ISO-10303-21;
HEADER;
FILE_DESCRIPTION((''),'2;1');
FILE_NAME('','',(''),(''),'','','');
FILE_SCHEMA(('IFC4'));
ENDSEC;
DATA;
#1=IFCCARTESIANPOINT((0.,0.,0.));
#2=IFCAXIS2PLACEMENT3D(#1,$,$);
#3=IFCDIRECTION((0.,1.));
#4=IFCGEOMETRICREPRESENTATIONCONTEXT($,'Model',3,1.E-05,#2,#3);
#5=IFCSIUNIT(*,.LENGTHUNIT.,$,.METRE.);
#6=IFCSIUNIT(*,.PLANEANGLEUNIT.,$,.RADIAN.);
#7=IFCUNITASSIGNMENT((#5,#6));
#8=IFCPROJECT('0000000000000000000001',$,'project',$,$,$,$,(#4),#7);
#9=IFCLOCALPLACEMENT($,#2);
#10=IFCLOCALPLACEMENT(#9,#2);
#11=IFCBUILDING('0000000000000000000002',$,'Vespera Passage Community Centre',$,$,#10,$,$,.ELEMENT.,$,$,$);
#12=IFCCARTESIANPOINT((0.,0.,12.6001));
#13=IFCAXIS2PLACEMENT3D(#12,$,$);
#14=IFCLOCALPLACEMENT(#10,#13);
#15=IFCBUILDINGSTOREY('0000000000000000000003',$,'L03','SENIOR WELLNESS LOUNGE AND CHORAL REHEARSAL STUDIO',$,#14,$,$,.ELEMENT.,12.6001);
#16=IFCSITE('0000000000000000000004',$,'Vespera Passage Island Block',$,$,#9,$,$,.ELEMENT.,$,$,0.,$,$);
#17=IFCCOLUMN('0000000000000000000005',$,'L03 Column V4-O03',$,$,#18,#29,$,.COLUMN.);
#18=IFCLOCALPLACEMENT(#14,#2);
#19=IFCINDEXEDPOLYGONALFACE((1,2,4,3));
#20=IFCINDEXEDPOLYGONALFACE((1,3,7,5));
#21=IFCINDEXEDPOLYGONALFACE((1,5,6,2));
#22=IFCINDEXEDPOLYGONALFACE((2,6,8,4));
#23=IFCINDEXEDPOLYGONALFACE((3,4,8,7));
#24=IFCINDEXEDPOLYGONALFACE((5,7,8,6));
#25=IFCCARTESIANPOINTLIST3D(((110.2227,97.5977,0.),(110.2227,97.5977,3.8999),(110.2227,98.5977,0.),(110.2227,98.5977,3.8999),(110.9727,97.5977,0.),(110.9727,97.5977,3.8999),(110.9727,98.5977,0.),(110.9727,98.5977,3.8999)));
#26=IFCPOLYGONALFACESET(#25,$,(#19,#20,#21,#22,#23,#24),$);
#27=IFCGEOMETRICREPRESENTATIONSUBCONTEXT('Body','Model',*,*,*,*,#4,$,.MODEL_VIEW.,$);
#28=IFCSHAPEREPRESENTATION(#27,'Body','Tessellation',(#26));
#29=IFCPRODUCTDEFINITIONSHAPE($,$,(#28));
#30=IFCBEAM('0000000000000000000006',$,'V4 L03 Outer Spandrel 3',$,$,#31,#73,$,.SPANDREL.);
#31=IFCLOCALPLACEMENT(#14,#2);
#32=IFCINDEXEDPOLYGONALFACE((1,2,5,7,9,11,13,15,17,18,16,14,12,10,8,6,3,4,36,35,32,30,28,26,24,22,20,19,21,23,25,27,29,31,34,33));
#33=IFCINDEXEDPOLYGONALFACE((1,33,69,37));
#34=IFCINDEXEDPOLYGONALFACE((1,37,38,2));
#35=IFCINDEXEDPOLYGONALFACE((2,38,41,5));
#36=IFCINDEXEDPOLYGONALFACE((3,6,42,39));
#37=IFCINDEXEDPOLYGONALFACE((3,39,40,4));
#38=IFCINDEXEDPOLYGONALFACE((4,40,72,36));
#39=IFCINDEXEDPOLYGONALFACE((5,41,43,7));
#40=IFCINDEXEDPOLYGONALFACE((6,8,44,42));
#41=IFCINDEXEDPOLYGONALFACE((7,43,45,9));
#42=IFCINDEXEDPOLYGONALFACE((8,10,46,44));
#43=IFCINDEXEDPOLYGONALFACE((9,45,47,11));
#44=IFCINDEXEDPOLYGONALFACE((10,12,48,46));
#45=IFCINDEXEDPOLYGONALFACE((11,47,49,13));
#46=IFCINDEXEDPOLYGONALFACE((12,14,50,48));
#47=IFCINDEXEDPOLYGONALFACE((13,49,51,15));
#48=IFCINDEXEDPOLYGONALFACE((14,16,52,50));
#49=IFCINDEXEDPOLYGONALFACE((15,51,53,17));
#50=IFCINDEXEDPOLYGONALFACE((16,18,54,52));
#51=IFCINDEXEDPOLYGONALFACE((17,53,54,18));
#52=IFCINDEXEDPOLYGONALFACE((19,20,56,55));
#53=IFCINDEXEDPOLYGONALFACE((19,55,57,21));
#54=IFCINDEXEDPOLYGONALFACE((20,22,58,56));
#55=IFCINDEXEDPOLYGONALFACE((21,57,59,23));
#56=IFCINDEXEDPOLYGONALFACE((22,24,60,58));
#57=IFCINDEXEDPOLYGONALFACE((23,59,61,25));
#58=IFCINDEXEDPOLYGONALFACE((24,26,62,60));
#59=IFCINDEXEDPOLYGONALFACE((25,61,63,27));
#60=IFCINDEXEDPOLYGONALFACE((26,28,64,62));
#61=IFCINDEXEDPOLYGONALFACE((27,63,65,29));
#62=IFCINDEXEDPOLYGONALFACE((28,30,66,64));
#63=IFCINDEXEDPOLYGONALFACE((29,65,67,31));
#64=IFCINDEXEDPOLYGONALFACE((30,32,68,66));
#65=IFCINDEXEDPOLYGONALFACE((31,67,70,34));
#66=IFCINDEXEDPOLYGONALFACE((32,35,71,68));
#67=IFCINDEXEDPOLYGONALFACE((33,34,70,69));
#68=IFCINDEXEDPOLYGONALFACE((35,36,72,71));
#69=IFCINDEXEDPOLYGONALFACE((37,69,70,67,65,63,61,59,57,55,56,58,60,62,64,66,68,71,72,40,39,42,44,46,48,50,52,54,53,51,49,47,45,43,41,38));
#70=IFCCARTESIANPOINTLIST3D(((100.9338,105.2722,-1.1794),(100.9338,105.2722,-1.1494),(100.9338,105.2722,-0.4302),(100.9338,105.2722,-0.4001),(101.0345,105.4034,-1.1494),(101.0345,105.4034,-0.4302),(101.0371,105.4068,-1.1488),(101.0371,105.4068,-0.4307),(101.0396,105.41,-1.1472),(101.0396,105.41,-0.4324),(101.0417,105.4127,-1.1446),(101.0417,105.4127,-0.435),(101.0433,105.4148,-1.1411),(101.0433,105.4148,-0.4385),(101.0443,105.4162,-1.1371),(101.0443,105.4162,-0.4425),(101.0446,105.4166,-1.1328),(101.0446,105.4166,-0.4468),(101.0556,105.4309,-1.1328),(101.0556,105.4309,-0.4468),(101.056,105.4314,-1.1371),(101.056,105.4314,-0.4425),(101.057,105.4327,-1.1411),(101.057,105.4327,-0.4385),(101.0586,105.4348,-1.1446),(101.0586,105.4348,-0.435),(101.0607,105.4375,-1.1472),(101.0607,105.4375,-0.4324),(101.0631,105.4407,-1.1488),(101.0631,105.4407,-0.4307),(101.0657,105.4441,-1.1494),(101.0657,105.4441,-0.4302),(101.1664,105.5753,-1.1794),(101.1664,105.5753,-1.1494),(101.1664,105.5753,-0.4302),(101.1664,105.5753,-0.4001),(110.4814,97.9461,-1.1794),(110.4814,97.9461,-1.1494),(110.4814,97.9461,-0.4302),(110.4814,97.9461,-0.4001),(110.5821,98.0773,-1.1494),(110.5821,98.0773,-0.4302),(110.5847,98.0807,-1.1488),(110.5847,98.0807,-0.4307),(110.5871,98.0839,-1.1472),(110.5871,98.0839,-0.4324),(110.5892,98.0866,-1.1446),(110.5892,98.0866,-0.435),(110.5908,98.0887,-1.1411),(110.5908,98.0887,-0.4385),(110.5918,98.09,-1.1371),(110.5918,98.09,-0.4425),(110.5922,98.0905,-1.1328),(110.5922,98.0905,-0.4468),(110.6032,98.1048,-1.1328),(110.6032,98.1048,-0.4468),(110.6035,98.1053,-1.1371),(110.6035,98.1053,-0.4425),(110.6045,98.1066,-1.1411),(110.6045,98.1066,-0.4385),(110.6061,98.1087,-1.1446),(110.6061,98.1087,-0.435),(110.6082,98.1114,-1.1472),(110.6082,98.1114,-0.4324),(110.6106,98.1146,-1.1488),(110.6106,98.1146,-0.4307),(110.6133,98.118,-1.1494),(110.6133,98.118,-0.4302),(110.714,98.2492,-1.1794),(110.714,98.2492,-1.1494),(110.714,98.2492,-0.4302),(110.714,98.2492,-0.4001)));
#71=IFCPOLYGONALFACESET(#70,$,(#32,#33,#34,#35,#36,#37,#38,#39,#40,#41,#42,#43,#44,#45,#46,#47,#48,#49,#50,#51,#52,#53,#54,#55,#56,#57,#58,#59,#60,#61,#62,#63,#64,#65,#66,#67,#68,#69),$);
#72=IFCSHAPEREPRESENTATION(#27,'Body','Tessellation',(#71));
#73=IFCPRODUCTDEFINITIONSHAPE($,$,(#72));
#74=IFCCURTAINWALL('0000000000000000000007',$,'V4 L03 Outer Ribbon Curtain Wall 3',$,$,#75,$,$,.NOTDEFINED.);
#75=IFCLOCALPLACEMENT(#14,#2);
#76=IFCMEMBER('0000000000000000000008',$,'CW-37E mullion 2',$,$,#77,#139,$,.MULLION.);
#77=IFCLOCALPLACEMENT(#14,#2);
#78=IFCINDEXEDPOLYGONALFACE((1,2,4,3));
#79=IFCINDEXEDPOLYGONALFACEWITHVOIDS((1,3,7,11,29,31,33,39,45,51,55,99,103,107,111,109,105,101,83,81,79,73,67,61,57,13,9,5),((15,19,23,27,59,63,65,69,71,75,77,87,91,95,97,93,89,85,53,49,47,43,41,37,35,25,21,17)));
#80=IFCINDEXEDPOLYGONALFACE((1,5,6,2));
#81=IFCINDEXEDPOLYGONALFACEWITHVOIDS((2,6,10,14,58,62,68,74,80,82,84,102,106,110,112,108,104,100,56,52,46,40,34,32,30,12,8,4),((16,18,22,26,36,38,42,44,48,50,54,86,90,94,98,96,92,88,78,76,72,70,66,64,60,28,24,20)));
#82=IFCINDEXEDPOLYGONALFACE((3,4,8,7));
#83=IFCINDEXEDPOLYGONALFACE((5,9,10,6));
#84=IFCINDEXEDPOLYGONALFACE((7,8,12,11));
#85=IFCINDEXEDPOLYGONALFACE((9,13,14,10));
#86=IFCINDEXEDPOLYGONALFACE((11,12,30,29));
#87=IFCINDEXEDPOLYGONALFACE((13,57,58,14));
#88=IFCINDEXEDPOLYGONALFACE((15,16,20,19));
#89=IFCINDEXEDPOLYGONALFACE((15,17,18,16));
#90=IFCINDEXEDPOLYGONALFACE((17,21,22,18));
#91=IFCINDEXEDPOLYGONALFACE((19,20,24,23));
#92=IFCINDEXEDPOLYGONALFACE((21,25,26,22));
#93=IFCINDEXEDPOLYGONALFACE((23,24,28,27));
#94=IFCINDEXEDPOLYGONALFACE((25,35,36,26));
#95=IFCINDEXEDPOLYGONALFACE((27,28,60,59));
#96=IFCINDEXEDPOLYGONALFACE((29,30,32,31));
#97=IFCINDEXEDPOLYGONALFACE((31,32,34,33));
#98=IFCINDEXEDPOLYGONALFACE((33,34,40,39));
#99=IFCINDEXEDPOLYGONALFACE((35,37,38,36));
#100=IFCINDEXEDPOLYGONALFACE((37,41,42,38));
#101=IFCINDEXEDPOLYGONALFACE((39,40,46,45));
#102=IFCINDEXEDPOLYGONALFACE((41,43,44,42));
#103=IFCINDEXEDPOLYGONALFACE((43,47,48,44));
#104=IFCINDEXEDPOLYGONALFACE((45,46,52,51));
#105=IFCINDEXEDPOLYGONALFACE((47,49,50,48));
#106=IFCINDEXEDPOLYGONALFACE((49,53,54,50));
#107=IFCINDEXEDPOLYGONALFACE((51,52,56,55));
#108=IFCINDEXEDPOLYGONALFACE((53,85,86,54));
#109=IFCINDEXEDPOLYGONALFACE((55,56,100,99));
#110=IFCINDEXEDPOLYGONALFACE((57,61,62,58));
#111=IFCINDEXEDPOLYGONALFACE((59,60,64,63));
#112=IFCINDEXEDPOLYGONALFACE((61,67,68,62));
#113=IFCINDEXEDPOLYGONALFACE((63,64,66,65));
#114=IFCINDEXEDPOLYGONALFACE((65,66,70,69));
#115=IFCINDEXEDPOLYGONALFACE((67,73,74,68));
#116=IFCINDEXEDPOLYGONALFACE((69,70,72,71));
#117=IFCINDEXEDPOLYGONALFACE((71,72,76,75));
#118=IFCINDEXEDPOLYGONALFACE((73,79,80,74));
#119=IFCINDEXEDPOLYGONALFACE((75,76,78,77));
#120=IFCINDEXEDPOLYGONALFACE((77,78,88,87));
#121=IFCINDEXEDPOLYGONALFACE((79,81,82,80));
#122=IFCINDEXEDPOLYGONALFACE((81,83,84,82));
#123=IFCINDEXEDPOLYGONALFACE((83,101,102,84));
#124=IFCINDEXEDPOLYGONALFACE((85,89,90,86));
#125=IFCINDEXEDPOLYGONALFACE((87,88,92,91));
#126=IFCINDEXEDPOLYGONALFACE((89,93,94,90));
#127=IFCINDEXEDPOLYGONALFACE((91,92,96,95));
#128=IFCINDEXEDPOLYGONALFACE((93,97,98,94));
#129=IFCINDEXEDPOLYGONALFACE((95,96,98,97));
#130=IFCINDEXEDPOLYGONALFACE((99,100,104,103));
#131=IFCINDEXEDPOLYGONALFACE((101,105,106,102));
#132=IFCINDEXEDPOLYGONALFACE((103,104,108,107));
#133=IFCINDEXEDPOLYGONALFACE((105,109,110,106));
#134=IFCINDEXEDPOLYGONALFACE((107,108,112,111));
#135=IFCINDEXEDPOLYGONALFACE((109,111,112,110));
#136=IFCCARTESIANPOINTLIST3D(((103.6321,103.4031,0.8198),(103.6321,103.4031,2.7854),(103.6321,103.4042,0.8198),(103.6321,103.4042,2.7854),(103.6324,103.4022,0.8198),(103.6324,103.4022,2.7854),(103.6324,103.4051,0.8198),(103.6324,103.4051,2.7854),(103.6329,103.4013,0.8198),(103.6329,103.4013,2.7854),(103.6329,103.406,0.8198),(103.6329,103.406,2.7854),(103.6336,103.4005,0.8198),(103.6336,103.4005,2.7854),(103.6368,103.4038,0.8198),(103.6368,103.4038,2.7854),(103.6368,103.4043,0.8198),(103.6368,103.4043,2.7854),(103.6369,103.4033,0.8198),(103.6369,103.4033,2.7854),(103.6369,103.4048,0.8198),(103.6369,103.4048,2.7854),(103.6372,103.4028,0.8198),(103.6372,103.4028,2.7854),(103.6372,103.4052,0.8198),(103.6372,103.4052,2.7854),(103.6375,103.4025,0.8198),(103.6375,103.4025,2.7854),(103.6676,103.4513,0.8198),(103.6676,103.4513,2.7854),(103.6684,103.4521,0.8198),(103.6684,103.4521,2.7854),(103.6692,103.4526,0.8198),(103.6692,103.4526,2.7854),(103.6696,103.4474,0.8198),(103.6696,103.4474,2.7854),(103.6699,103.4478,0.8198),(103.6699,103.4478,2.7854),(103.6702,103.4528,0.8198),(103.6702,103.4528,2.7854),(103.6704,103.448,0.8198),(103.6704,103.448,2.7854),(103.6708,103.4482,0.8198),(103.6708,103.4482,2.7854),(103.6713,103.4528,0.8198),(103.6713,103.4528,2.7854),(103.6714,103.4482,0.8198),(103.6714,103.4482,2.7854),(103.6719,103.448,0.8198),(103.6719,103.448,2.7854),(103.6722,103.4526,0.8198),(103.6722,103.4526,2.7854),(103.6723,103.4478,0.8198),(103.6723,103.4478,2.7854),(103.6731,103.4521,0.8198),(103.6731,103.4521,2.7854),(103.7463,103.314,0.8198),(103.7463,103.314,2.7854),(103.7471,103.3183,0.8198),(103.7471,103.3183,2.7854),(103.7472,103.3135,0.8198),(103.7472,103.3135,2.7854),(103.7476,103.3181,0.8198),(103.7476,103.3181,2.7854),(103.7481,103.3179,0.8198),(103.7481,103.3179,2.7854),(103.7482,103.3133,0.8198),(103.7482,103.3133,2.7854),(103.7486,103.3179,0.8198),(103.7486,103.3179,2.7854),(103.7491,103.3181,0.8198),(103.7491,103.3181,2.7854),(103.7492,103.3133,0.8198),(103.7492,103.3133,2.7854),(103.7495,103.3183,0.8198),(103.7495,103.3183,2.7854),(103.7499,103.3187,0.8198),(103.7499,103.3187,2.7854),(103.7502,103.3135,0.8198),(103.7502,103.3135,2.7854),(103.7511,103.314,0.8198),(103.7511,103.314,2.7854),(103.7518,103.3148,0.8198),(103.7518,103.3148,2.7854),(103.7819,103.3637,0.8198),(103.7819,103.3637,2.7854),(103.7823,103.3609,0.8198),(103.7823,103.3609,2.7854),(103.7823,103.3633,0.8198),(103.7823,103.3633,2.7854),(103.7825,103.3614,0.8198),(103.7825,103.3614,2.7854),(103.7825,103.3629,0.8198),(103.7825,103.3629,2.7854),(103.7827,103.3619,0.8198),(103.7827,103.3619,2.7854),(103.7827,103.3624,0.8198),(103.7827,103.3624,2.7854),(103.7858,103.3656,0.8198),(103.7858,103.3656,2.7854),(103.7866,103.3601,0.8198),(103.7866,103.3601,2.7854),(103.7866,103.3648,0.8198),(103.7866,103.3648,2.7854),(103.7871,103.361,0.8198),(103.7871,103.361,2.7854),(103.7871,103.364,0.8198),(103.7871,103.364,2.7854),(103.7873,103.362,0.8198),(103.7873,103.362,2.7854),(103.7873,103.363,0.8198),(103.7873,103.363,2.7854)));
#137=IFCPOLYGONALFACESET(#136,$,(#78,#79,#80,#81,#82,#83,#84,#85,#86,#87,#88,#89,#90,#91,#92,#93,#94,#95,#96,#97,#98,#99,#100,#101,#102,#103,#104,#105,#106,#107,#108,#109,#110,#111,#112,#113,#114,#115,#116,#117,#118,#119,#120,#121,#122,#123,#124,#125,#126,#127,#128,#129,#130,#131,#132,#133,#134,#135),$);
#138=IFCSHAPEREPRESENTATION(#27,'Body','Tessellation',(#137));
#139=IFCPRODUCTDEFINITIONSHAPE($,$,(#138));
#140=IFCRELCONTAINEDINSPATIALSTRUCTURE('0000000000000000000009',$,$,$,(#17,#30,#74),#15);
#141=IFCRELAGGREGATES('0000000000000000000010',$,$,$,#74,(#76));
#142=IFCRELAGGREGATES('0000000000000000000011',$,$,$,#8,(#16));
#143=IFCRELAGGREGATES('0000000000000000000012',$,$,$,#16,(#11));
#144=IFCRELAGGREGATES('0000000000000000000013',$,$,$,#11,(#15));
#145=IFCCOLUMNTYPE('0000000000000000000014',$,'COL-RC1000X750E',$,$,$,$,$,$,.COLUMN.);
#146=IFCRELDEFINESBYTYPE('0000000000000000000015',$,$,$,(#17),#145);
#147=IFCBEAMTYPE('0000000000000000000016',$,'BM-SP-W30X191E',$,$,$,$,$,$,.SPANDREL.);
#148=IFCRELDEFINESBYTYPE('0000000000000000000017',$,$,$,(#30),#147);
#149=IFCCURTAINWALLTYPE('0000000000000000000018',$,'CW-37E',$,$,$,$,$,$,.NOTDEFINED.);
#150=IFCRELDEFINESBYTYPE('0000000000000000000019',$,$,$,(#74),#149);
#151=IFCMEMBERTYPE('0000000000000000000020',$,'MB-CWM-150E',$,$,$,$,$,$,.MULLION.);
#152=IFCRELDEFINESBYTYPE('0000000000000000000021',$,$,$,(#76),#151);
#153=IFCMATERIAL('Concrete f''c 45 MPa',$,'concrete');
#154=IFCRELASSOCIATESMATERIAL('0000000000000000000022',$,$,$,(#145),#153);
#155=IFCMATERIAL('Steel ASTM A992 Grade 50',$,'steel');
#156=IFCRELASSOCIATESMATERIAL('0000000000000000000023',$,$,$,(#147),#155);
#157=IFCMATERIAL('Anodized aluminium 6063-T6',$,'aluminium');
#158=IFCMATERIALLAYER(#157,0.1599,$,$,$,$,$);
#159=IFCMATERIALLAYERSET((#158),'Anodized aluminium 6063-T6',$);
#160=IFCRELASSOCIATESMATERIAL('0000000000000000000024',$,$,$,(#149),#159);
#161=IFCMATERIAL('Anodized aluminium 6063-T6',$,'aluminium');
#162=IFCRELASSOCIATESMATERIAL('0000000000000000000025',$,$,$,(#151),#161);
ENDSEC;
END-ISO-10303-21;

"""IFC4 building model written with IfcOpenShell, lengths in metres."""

from ifc_helpers import new_model, si_unit, direction, frame, origin, origin_2d, place, context, subcontext, project, spatial, rectangle, hollow_rectangle, i_section, extrude, material, layer, layer_set, material_profile, profile_set, type_object, element, aggregate, save


model = new_model("IFC4")

# Units and contexts
model_context = context("Model", 3, precision=1e-05, world=origin(), true_north=direction((0.0, 1.0)))
body_context = subcontext(model_context, "Body", "Model", "MODEL_VIEW")
ifc_project = project(units=[si_unit("LENGTHUNIT", "METRE"), si_unit("PLANEANGLEUNIT", "RADIAN")], contexts=[model_context])

# Site, building, storey
site_placement = place(None, origin())
site = spatial("IfcSite", under=ifc_project, at=site_placement, Name="Vespera Passage Island Block", CompositionType="ELEMENT", RefElevation=0.0)
building_placement = place(site_placement, origin())
building = spatial("IfcBuilding", under=site, at=building_placement, Name="Vespera Passage Community Centre", CompositionType="ELEMENT")
storey_placement = place(building_placement, frame((0.0, 0.0, 12.6001)))
storey = spatial("IfcBuildingStorey", under=building, at=storey_placement, Name="L03", Description="SENIOR WELLNESS LOUNGE AND CHORAL REHEARSAL STUDIO", CompositionType="ELEMENT", Elevation=12.6001)

# Column
ifc_material_1 = material(Name="Concrete f'c 45 MPa", Category="concrete")
ifc_material_profile_1 = material_profile(ifc_material_1, rectangle(XDim=0.75, YDim=1.0, at=origin_2d()), Name="RC1000X750")
ifc_profile_set_1 = profile_set([ifc_material_profile_1], Name="Concrete f'c 45 MPa")
column_type = type_object("IfcColumnType", Name="COL-RC1000X750E", PredefinedType="COLUMN", material=ifc_profile_set_1)
column_placement = place(storey_placement, frame((110.5977, 98.0977, 0.0), z_axis=(0.0, 0.0, 1.0), x_axis=(1.0, 0.0, 0.0)))
element("IfcColumn", 1, at=column_placement, inside=storey, type_object=column_type, Name="L03 Column V4-O03", PredefinedType="COLUMN", context=body_context, shape_type="SweptSolid", body=[
    extrude(rectangle(XDim=0.75, YDim=1.0, at=origin_2d()), origin(), (0.0, 0.0, 1.0), 3.8999),
])

# Beam
ifc_material_2 = material(Name="Steel ASTM A992 Grade 50", Category="steel")
ifc_material_profile_2 = material_profile(ifc_material_2, i_section(OverallWidth=0.3821, OverallDepth=0.7793, WebThickness=0.0181, FlangeThickness=0.03, FilletRadius=0.0166, at=origin_2d()), Name="W30X191")
ifc_profile_set_2 = profile_set([ifc_material_profile_2], Name="Steel ASTM A992 Grade 50")
beam_type = type_object("IfcBeamType", Name="BM-SP-W30X191E", PredefinedType="SPANDREL", material=ifc_profile_set_2)
beam_placement = place(storey_placement, frame((110.5977, 98.0977, -0.7898), z_axis=(-0.793352, 0.608763, 0.0), x_axis=(-0.608763, -0.793352, 0.0)))
element("IfcBeam", 2, at=beam_placement, inside=storey, type_object=beam_type, Name="V4 L03 Outer Spandrel 3", PredefinedType="SPANDREL", context=body_context, shape_type="SweptSolid", body=[
    extrude(i_section(OverallWidth=0.3821, OverallDepth=0.7793, WebThickness=0.0181, FlangeThickness=0.03, FilletRadius=0.0166, at=origin_2d()), origin(), (0.0, 0.0, 1.0), 12.0344),
])

# Curtain wall, member
ifc_material_3 = material(Name="Anodized aluminium 6063-T6", Category="aluminium")
ifc_layer_1 = layer(ifc_material_3, 0.1599)
ifc_layer_set_1 = layer_set([ifc_layer_1], Name="Anodized aluminium 6063-T6")
curtain_wall_type = type_object("IfcCurtainWallType", Name="CW-37E", PredefinedType="NOTDEFINED", material=ifc_layer_set_1)
curtain_wall_placement = place(storey_placement, origin())
curtain_wall = element("IfcCurtainWall", 3, at=curtain_wall_placement, inside=storey, type_object=curtain_wall_type, Name="V4 L03 Outer Ribbon Curtain Wall 3", PredefinedType="NOTDEFINED")
ifc_material_4 = material(Name="Anodized aluminium 6063-T6", Category="aluminium")
ifc_material_profile_3 = material_profile(ifc_material_4, hollow_rectangle(XDim=0.0649, YDim=0.1499, WallThickness=0.0039, InnerFilletRadius=0.002, OuterFilletRadius=0.0039, at=origin_2d()), Name="ALU150X65X4")
ifc_profile_set_3 = profile_set([ifc_material_profile_3], Name="Anodized aluminium 6063-T6")
member_type_1 = type_object("IfcMemberType", Name="MB-CWM-150E", PredefinedType="MULLION", material=ifc_profile_set_3)
member_1_placement = place(storey_placement, frame((103.7097, 103.3831, 0.8198), z_axis=(0.0, 0.0, 1.0), x_axis=(0.608772, 0.793345, 0.0)))
member_1 = element("IfcMember", 4, at=member_1_placement, type_object=member_type_1, Name="CW-37E mullion 2", PredefinedType="MULLION", context=body_context, shape_type="SweptSolid", body=[
    extrude(hollow_rectangle(XDim=0.0649, YDim=0.1499, WallThickness=0.0039, InnerFilletRadius=0.002, OuterFilletRadius=0.0039, at=origin_2d()), origin(), (0.0, 0.0, 1.0), 1.9656),
])
aggregate(curtain_wall, [member_1])

save(model, "model.ifc")
